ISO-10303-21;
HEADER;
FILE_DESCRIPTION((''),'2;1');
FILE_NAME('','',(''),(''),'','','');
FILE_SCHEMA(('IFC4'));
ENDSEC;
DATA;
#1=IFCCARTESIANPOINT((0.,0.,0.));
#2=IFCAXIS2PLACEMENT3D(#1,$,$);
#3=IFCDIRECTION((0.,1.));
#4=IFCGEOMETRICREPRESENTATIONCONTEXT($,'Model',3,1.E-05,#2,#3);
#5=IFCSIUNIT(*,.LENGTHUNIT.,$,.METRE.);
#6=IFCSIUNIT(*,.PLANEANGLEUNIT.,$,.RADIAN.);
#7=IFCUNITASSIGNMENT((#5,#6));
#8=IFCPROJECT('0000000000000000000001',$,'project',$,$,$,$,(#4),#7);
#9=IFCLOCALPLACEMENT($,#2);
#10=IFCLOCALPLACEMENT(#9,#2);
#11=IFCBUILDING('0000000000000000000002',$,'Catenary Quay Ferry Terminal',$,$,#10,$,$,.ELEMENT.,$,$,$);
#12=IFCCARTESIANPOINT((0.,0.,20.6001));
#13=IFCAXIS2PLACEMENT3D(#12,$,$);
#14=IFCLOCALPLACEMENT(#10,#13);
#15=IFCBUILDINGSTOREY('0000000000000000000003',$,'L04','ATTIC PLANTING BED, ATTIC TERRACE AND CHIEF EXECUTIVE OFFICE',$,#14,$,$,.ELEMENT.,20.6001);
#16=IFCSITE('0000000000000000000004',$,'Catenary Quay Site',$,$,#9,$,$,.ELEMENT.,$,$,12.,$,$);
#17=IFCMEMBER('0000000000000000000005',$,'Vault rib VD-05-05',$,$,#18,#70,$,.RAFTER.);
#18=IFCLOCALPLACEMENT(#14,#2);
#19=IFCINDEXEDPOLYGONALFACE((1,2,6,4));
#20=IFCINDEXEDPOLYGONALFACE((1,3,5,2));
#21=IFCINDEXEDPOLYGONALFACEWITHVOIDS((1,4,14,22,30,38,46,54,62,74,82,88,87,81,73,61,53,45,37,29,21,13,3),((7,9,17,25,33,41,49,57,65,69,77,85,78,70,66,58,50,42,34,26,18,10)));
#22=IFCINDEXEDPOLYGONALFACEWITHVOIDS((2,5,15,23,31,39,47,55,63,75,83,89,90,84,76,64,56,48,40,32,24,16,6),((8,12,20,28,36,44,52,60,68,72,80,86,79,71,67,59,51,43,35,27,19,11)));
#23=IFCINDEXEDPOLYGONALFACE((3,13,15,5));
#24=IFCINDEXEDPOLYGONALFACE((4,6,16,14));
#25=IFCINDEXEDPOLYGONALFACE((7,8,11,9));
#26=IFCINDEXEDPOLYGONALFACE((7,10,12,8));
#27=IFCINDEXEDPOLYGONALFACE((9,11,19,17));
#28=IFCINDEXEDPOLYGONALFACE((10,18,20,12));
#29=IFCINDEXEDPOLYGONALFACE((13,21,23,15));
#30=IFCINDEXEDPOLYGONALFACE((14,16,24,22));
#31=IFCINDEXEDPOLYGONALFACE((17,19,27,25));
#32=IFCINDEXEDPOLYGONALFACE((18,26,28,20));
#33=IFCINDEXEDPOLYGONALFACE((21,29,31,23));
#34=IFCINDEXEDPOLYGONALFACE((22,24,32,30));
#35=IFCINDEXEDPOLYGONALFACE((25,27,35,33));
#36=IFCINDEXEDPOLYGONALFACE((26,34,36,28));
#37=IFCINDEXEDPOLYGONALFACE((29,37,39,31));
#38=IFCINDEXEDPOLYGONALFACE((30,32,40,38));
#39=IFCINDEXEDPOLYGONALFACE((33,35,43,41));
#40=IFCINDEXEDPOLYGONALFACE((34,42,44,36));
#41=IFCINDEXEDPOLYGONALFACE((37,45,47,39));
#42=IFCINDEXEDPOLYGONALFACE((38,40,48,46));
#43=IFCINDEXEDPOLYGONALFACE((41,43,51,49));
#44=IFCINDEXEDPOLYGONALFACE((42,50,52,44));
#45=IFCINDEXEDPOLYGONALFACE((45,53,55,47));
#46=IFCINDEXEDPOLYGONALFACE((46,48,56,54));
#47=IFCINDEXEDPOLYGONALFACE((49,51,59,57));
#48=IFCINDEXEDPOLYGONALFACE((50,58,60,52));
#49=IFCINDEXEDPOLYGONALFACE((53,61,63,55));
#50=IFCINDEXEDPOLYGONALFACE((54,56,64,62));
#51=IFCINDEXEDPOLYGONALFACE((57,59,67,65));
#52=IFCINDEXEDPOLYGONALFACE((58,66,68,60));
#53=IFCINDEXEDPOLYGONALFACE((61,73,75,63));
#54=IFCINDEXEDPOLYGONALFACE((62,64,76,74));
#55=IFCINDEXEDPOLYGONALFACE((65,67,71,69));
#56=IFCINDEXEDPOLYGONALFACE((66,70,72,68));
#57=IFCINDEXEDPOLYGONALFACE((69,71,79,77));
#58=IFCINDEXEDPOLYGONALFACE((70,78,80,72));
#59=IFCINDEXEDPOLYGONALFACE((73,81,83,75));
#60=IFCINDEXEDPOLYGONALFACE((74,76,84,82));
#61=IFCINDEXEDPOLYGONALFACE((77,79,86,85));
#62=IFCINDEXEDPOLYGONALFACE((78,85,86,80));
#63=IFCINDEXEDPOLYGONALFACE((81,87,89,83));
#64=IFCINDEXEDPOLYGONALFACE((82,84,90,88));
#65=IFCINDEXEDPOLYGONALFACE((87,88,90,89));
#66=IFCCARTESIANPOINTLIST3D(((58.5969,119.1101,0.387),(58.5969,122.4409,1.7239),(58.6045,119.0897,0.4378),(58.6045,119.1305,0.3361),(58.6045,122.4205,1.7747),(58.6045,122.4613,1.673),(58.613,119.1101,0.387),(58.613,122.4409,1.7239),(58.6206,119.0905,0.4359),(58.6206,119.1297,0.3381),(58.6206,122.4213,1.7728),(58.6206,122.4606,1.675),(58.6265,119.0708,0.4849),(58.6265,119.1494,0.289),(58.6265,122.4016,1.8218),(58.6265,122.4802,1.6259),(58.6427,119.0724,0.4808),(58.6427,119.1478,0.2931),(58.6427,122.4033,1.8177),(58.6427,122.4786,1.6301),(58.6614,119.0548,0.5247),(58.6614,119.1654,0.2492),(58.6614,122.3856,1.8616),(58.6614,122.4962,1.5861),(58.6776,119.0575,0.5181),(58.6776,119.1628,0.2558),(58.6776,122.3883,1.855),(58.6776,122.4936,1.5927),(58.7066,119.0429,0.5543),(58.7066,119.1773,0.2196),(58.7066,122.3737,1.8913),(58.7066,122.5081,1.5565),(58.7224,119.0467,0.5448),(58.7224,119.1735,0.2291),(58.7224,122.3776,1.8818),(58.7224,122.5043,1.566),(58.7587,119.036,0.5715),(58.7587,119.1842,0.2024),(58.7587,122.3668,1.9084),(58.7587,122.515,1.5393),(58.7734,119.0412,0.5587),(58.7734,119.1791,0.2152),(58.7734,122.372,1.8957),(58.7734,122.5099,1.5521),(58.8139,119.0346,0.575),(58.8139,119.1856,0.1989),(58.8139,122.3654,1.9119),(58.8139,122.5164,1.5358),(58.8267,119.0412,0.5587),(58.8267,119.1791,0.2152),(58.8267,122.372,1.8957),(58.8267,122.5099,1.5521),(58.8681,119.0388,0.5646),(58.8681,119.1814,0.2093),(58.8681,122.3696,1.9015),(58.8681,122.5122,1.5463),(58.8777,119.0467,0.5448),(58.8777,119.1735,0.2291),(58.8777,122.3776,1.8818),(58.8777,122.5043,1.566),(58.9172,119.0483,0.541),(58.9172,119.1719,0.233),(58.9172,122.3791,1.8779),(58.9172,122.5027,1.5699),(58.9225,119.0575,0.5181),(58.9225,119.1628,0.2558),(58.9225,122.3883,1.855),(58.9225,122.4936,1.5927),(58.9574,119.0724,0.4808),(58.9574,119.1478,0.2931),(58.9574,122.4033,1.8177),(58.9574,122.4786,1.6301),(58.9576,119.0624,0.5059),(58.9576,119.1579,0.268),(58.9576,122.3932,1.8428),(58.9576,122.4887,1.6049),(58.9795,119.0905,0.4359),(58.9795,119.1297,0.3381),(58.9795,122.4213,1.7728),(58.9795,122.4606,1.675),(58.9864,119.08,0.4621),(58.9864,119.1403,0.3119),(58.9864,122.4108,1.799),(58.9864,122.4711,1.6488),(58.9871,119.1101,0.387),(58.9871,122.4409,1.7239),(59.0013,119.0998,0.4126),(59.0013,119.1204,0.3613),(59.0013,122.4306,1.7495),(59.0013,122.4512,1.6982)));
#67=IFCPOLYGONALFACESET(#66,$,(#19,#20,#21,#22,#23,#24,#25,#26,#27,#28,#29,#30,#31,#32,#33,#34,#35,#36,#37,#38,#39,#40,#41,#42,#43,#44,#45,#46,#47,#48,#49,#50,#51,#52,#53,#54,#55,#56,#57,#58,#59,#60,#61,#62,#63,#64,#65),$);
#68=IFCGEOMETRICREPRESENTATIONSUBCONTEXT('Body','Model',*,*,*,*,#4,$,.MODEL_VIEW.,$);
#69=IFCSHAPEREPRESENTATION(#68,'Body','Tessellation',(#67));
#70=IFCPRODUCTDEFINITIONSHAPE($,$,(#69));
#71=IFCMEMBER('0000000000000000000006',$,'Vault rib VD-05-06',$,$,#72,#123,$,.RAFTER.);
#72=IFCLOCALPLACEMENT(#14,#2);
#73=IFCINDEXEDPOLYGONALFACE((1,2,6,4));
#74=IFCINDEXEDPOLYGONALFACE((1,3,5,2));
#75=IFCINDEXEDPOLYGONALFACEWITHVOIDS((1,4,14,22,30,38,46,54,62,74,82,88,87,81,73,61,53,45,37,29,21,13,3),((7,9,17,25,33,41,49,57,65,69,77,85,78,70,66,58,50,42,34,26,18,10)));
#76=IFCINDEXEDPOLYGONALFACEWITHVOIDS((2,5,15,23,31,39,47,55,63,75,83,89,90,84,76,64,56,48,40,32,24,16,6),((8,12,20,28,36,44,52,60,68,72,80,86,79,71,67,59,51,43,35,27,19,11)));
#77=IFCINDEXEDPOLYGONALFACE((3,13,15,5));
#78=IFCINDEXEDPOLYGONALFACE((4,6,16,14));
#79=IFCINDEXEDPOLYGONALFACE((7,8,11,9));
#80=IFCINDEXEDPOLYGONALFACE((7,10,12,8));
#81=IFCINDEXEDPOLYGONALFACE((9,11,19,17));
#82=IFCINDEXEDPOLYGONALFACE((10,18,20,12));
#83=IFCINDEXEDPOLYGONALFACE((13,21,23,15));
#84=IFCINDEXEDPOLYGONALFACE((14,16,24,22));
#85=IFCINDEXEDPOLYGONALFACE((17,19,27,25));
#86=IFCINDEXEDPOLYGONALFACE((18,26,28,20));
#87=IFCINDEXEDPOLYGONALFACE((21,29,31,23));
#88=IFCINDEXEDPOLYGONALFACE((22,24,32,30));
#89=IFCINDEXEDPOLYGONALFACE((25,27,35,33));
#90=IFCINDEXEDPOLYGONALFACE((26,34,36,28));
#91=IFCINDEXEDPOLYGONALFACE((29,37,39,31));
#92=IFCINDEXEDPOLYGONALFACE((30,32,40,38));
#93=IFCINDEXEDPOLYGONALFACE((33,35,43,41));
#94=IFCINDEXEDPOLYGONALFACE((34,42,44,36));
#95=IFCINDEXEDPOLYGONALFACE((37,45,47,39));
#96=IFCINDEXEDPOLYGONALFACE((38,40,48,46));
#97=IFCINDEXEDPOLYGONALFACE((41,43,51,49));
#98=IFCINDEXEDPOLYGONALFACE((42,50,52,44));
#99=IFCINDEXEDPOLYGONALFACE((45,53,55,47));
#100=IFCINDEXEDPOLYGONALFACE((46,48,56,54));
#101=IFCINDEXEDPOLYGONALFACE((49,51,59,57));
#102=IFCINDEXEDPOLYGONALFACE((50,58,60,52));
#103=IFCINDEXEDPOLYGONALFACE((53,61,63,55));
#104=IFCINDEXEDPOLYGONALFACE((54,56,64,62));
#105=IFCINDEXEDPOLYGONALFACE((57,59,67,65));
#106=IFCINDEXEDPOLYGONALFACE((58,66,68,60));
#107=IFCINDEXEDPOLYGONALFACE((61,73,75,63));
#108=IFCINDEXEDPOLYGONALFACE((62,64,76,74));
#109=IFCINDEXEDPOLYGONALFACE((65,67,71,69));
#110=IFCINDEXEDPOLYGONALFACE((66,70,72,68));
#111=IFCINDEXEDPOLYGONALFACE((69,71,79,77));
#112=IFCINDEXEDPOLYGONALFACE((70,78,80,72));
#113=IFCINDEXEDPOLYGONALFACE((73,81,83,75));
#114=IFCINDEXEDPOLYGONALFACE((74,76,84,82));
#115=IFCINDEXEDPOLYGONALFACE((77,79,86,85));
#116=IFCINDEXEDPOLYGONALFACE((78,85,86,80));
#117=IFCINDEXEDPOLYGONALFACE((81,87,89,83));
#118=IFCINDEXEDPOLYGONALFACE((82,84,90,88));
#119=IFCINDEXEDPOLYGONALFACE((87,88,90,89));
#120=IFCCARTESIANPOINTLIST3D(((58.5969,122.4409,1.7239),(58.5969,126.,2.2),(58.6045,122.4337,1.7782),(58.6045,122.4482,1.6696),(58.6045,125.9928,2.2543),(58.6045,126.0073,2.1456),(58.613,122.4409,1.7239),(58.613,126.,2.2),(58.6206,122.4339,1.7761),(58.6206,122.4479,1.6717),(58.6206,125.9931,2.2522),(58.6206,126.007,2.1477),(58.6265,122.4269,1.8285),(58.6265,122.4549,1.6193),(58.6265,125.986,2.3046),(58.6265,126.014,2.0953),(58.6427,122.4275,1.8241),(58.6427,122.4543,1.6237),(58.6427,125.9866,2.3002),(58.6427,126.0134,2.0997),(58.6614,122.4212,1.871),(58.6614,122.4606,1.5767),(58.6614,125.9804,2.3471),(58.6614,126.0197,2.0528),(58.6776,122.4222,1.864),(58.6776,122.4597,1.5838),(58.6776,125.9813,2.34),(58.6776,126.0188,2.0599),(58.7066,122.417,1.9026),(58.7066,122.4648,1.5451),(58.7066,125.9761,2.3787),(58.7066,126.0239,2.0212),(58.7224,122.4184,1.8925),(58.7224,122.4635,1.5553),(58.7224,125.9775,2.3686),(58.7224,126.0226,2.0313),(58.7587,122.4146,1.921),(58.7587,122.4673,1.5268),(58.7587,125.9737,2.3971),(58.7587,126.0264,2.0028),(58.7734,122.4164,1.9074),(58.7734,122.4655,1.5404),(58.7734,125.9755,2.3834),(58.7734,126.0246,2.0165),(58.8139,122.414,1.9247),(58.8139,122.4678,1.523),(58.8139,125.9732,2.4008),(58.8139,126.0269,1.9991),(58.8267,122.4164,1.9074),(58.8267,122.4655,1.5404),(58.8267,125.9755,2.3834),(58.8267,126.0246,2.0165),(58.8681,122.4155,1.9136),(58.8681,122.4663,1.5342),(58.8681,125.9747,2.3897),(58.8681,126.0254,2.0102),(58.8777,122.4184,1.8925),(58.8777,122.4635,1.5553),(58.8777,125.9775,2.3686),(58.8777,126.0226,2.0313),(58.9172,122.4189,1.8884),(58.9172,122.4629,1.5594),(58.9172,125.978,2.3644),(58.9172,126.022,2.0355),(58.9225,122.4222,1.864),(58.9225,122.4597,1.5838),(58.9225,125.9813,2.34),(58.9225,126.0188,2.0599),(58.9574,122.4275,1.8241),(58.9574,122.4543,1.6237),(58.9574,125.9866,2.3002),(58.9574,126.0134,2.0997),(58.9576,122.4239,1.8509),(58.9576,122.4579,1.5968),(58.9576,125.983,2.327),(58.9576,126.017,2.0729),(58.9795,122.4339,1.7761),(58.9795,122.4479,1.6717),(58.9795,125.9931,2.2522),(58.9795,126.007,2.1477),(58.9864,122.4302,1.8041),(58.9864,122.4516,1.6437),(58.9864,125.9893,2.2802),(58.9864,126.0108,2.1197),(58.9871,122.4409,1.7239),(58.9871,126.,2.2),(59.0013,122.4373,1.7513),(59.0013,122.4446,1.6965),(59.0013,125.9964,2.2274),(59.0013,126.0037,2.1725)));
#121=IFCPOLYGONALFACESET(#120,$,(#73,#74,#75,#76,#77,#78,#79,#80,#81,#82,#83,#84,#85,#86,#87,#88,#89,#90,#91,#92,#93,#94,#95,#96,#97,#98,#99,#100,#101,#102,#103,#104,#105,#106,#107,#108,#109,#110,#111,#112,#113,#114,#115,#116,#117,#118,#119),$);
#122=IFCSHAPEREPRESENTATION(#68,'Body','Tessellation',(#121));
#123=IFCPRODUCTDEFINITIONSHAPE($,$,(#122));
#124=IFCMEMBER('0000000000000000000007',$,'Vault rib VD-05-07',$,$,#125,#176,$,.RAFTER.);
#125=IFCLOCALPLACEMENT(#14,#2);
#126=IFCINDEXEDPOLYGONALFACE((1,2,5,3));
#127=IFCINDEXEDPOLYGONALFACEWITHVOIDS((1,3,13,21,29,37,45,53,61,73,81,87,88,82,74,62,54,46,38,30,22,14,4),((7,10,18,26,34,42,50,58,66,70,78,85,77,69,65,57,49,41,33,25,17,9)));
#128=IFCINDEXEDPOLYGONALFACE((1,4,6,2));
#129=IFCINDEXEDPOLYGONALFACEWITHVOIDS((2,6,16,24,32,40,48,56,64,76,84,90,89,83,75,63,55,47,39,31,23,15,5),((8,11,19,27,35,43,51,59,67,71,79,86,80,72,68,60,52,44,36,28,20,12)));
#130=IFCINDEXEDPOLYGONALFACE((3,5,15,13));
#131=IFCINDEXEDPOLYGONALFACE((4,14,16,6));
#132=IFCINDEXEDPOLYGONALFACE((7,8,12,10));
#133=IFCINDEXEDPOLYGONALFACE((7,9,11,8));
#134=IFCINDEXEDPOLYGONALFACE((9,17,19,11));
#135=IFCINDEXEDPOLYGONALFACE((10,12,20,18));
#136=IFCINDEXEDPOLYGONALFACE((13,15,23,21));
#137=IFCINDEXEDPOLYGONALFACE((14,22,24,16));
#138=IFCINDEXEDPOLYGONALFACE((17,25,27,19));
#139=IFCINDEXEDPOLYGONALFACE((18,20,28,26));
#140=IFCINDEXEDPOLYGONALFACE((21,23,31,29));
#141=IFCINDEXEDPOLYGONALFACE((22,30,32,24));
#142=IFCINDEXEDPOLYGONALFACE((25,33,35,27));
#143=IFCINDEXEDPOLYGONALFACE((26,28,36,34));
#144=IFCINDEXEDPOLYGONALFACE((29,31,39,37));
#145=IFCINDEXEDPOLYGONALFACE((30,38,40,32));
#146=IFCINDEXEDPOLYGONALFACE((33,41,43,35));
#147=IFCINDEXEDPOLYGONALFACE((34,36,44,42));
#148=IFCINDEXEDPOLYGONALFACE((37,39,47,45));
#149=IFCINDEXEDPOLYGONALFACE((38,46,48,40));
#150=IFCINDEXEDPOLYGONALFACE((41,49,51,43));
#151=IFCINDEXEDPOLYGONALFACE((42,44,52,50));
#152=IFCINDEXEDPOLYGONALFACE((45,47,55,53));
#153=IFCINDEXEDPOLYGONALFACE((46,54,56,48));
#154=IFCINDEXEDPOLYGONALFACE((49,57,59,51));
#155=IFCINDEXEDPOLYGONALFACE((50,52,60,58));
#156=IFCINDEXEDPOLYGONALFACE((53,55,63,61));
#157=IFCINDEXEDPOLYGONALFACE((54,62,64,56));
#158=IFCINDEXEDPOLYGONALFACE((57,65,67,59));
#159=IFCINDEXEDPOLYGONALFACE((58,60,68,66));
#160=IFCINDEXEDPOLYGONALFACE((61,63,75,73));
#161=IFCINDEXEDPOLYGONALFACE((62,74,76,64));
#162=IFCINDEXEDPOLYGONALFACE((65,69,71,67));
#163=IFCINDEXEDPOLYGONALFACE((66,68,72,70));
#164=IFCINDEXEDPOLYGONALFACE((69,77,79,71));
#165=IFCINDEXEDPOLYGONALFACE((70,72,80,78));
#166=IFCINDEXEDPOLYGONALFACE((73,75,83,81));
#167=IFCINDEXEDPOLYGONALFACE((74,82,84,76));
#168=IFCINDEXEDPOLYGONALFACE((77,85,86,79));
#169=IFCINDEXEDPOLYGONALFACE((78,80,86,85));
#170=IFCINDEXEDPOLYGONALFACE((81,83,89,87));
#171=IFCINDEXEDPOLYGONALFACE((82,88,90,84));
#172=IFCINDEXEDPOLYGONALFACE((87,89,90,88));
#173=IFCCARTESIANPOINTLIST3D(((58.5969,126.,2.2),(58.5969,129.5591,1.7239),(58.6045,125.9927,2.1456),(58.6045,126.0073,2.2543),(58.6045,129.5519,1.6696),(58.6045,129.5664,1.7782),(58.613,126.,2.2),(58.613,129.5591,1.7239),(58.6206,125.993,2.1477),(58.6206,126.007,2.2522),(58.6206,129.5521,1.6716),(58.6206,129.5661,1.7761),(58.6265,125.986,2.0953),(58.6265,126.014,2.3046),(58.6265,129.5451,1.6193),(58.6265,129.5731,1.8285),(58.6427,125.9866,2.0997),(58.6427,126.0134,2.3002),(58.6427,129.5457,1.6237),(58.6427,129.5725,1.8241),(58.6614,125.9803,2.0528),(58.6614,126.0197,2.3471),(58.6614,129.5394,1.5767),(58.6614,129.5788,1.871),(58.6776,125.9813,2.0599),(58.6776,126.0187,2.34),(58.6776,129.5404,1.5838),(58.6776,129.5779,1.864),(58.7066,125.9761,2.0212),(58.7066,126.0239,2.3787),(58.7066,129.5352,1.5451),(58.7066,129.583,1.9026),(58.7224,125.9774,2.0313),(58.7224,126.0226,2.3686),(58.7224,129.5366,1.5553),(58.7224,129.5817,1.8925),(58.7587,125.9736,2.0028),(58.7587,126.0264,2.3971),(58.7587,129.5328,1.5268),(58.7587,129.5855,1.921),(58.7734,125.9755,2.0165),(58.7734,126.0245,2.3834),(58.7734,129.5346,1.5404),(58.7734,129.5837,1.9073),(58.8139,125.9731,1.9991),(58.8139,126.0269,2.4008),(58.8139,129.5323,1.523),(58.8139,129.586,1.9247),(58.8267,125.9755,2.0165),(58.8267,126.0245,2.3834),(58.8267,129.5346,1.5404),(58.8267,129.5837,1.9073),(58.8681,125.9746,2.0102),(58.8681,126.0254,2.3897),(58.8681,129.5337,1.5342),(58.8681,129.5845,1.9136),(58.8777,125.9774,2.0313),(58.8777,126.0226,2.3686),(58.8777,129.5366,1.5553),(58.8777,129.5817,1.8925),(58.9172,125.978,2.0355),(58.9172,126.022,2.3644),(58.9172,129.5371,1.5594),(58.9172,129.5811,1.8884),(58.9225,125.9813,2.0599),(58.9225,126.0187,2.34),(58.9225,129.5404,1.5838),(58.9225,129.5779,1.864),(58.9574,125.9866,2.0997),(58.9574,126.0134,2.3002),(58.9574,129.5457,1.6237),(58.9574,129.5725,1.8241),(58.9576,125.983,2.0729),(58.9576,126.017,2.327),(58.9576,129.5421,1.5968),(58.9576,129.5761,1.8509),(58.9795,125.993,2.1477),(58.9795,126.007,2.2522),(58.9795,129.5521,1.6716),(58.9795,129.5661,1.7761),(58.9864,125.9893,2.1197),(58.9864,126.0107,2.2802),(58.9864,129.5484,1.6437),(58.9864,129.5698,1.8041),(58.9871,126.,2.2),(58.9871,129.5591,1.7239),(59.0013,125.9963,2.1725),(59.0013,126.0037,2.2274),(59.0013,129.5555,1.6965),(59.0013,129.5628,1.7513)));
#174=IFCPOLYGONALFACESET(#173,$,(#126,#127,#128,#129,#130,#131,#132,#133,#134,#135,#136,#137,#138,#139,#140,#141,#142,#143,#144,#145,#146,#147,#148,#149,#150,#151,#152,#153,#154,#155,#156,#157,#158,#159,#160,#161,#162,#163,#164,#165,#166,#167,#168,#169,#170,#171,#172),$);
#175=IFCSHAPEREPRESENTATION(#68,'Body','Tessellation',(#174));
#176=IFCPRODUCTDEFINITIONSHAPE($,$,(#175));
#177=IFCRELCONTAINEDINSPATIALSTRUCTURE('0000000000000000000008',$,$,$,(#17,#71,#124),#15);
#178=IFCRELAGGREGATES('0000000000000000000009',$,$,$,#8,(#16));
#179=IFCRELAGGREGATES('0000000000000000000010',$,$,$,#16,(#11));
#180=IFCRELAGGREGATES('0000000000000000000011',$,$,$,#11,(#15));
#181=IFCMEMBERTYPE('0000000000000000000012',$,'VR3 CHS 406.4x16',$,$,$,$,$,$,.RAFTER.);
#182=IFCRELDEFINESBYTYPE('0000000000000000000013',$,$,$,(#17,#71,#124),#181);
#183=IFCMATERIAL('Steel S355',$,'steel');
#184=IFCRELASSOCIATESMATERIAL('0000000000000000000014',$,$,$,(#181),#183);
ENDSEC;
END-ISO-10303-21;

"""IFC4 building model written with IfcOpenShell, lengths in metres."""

from ifc_helpers import new_model, si_unit, direction, frame, origin, origin_2d, place, context, subcontext, project, spatial, hollow_circle, extrude, material, material_profile, profile_set, type_object, element, save


model = new_model("IFC4")

# Units and contexts
model_context = context("Model", 3, precision=1e-05, world=origin(), true_north=direction((0.0, 1.0)))
body_context = subcontext(model_context, "Body", "Model", "MODEL_VIEW")
ifc_project = project(units=[si_unit("LENGTHUNIT", "METRE"), si_unit("PLANEANGLEUNIT", "RADIAN")], contexts=[model_context])

# Site, building, storey
site_placement = place(None, origin())
site = spatial("IfcSite", under=ifc_project, at=site_placement, Name="Catenary Quay Site", CompositionType="ELEMENT", RefElevation=12.0)
building_placement = place(site_placement, origin())
building = spatial("IfcBuilding", under=site, at=building_placement, Name="Catenary Quay Ferry Terminal", CompositionType="ELEMENT")
storey_placement = place(building_placement, frame((0.0, 0.0, 20.6001)))
storey = spatial("IfcBuildingStorey", under=building, at=storey_placement, Name="L04", Description="ATTIC PLANTING BED, ATTIC TERRACE AND CHIEF EXECUTIVE OFFICE", CompositionType="ELEMENT", Elevation=20.6001)

# Members
ifc_material_1 = material(Name="Steel S355", Category="steel")
ifc_material_profile_1 = material_profile(ifc_material_1, hollow_circle(Radius=0.2031, WallThickness=0.0161, at=origin_2d()), Name="CHS 406.4x16")
ifc_profile_set_1 = profile_set([ifc_material_profile_1], Name="Steel S355")
member_type_1 = type_object("IfcMemberType", Name="VR3 CHS 406.4x16", PredefinedType="RAFTER", material=ifc_profile_set_1)
member_1_placement = place(storey_placement, frame((58.8, 119.1101, 0.387), z_axis=(0.0, 0.928035, 0.372493), x_axis=(-1.0, 0.0, 0.0)))
element("IfcMember", 1, at=member_1_placement, inside=storey, type_object=member_type_1, Name="Vault rib VD-05-05", PredefinedType="RAFTER", context=body_context, shape_type="SweptSolid", body=[
    extrude(hollow_circle(Radius=0.2031, WallThickness=0.0161, at=origin_2d()), origin(), (0.0, 0.0, 1.0), 3.5891),
])
for number, where, z_axis, x_axis, name in (
    (2, (58.8, 122.4409, 1.7239), (0.0, 0.991172, 0.132582), (-1.0, 0.0, 0.0), "Vault rib VD-05-06"),
    (3, (58.8, 126.0, 2.2), (0.0, 0.991172, -0.132582), (-1.0, 0.0, 0.0), "Vault rib VD-05-07"),
):
    element("IfcMember", number, at=place(storey_placement, frame(where, z_axis=z_axis, x_axis=x_axis)), inside=storey, type_object=member_type_1, Name=name, PredefinedType="RAFTER", context=body_context, shape_type="SweptSolid", body=[
        extrude(hollow_circle(Radius=0.2031, WallThickness=0.0161, at=origin_2d()), origin(), (0.0, 0.0, 1.0), 3.5908),
    ])

save(model, "model.ifc")
